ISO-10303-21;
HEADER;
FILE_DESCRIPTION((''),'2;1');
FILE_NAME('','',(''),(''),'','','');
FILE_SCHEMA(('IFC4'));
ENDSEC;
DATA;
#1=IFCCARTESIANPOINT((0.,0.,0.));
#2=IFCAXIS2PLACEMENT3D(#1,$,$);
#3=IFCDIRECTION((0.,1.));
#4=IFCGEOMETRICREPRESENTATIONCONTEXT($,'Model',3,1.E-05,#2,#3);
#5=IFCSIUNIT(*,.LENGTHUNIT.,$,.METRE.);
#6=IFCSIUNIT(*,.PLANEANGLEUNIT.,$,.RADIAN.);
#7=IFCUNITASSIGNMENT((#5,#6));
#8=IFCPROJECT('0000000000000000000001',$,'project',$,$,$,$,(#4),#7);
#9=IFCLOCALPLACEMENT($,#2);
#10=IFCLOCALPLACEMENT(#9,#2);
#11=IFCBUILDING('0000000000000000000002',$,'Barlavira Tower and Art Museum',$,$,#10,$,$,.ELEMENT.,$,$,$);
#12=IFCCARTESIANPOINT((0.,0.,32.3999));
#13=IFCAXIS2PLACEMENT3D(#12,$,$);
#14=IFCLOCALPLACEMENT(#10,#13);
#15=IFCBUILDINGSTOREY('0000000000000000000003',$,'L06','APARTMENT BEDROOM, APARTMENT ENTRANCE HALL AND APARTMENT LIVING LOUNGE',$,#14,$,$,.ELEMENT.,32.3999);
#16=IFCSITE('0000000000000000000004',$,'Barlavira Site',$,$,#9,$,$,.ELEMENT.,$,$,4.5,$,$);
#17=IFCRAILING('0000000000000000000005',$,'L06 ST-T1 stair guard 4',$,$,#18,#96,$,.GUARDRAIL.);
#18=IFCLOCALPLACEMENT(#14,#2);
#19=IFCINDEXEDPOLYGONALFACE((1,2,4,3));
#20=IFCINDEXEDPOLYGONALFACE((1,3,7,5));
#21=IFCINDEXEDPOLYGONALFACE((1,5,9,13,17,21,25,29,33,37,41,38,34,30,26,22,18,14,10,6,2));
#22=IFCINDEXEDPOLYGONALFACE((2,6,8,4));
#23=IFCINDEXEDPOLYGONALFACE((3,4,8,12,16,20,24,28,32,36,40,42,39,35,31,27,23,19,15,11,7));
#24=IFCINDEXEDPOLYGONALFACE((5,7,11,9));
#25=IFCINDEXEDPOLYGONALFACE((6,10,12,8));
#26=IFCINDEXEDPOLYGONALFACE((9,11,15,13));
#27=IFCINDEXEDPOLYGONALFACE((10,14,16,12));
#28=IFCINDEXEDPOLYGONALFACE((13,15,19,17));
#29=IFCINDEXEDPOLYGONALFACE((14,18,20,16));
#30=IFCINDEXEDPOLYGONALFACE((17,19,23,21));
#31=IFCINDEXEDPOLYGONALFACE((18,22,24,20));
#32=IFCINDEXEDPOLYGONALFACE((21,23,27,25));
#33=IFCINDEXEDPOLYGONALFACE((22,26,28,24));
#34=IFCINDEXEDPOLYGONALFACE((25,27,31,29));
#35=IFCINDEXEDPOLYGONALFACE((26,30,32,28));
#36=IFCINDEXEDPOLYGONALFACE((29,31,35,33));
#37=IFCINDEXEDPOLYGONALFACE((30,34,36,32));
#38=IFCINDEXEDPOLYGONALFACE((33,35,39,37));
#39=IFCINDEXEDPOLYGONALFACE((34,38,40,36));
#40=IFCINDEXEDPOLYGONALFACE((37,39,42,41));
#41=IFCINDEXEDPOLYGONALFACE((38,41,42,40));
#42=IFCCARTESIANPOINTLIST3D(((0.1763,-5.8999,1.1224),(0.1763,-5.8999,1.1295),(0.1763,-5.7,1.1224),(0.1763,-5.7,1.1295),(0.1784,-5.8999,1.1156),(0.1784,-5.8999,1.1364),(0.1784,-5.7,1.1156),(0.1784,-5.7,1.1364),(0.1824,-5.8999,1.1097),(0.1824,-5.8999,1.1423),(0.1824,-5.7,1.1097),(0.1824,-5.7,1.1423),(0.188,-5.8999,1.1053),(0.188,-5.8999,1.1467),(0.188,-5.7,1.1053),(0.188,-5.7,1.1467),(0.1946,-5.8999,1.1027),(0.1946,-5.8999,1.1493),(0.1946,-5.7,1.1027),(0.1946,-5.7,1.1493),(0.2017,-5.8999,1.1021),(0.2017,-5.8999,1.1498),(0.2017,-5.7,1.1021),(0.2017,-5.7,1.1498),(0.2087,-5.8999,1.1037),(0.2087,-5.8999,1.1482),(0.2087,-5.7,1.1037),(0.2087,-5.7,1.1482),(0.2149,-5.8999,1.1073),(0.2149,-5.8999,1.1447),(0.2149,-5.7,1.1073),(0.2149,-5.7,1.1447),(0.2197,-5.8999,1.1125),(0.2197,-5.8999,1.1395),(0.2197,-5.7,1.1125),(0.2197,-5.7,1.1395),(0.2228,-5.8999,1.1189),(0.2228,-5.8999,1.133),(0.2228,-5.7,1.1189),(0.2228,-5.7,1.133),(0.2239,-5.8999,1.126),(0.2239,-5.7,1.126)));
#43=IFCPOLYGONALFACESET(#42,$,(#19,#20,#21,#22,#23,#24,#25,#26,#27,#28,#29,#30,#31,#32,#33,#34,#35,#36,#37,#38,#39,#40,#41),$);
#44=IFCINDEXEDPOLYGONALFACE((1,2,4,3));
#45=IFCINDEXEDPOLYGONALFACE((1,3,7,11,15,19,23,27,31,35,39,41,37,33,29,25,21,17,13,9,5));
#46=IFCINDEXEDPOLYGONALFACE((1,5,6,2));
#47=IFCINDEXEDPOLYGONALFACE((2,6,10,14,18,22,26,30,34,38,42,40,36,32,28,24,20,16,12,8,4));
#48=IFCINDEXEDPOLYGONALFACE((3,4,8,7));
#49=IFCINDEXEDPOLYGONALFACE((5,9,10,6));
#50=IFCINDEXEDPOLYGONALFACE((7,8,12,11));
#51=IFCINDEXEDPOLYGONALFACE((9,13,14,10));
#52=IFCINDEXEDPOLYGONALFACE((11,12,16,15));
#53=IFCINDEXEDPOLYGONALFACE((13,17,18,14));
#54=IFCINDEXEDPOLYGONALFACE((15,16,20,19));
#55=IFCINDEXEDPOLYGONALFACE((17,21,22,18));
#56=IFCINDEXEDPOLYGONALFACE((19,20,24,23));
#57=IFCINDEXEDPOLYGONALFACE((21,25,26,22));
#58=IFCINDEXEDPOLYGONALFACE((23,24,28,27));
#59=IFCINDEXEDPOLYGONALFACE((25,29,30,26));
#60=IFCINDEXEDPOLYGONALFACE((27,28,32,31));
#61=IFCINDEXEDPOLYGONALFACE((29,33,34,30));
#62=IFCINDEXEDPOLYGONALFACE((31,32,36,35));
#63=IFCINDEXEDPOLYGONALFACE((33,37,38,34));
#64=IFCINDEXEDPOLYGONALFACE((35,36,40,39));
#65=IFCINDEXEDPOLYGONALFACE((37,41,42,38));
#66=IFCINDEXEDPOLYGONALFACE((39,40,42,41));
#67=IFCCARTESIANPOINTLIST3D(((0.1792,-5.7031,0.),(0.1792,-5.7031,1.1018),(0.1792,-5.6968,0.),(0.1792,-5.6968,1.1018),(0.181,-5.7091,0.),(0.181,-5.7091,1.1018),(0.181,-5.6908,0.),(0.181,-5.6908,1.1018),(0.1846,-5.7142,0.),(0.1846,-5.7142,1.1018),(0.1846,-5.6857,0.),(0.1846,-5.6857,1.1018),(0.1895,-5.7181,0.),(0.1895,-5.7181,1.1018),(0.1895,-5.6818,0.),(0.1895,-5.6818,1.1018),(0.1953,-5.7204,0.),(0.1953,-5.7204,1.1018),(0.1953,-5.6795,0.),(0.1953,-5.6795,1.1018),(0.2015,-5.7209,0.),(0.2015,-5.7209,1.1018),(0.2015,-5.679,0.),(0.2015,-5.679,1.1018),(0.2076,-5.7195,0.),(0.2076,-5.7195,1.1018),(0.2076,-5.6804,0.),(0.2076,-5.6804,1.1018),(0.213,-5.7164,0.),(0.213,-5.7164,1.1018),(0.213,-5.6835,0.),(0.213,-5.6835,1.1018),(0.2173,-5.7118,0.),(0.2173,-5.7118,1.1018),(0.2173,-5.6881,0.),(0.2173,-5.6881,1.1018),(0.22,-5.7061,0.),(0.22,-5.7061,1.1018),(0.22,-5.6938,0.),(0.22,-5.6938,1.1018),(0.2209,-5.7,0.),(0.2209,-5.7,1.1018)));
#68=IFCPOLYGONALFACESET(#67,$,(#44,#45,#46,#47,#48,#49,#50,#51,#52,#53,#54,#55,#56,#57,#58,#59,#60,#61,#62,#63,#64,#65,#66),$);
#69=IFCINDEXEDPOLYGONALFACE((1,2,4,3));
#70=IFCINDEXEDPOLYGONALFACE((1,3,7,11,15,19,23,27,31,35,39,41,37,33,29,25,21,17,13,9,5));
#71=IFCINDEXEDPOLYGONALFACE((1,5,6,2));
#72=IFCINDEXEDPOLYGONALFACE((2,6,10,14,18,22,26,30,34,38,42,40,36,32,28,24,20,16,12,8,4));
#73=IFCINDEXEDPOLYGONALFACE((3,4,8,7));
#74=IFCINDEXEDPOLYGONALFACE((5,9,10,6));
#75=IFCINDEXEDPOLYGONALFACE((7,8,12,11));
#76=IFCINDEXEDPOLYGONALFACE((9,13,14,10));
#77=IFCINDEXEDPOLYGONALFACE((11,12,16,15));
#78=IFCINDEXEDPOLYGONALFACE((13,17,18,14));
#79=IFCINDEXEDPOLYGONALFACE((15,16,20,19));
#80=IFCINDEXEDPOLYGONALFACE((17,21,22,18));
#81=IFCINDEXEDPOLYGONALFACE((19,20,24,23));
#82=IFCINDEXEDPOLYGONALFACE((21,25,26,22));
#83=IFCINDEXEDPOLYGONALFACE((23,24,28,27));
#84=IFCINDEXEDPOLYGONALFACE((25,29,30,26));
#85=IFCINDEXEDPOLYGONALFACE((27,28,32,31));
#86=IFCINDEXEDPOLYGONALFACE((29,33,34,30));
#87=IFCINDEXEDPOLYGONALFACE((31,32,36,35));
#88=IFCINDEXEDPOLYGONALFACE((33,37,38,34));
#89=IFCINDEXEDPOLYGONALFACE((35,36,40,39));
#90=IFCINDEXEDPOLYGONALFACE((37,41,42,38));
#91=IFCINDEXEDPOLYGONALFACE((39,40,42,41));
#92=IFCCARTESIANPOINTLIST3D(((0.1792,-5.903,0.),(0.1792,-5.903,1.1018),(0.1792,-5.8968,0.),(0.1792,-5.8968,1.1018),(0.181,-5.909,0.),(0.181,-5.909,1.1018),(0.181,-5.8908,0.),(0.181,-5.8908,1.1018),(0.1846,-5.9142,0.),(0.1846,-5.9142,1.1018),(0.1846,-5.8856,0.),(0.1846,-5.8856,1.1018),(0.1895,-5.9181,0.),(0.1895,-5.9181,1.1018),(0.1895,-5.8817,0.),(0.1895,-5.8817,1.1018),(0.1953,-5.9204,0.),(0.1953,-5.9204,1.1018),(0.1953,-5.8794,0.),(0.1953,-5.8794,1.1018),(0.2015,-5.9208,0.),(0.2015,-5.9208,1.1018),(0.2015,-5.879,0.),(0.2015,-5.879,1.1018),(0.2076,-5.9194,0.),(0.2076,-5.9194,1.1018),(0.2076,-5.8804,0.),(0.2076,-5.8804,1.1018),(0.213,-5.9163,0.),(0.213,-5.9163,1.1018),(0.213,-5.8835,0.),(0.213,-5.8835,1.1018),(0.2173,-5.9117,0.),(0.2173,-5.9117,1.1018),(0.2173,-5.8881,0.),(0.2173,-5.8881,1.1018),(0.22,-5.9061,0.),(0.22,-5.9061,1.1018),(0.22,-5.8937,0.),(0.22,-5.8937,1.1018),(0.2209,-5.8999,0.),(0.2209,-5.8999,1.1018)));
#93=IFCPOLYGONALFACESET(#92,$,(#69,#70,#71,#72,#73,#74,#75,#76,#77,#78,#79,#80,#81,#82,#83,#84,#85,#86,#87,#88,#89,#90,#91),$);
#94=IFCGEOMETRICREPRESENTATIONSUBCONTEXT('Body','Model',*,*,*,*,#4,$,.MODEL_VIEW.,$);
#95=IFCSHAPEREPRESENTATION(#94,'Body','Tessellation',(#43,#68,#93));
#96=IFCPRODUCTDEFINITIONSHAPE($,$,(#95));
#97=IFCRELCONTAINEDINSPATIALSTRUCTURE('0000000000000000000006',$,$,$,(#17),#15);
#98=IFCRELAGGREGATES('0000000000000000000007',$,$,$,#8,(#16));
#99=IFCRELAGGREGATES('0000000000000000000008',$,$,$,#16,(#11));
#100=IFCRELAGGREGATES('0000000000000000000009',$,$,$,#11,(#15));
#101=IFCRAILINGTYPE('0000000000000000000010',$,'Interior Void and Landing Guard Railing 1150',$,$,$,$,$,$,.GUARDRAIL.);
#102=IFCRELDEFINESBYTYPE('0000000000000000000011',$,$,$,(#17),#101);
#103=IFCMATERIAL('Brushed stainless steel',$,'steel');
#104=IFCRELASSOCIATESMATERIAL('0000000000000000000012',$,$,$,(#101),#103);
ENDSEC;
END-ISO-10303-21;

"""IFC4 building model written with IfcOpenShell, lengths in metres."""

from ifc_helpers import new_model, si_unit, direction, frame, origin, origin_2d, place, context, subcontext, project, spatial, circle, extrude, material, type_object, element, save


model = new_model("IFC4")

# Units and contexts
model_context = context("Model", 3, precision=1e-05, world=origin(), true_north=direction((0.0, 1.0)))
body_context = subcontext(model_context, "Body", "Model", "MODEL_VIEW")
ifc_project = project(units=[si_unit("LENGTHUNIT", "METRE"), si_unit("PLANEANGLEUNIT", "RADIAN")], contexts=[model_context])

# Site, building, storey
site_placement = place(None, origin())
site = spatial("IfcSite", under=ifc_project, at=site_placement, Name="Barlavira Site", CompositionType="ELEMENT", RefElevation=4.5)
building_placement = place(site_placement, origin())
building = spatial("IfcBuilding", under=site, at=building_placement, Name="Barlavira Tower and Art Museum", CompositionType="ELEMENT")
storey_placement = place(building_placement, frame((0.0, 0.0, 32.3999)))
storey = spatial("IfcBuildingStorey", under=building, at=storey_placement, Name="L06", Description="APARTMENT BEDROOM, APARTMENT ENTRANCE HALL AND APARTMENT LIVING LOUNGE", CompositionType="ELEMENT", Elevation=32.3999)

# Shared definitions
ifc_material_1 = material(Name="Brushed stainless steel", Category="steel")

# Railing
railing_type_1 = type_object("IfcRailingType", Name="Interior Void and Landing Guard Railing 1150", PredefinedType="GUARDRAIL", material=ifc_material_1)
railing_1_placement = place(storey_placement, frame((0.2, -5.7, 0.0)))
element("IfcRailing", 1, at=railing_1_placement, inside=storey, type_object=railing_type_1, Name="L06 ST-T1 stair guard 4", PredefinedType="GUARDRAIL", context=body_context, shape_type="SweptSolid", body=[
    extrude(circle(Radius=0.0239, at=origin_2d()), frame((0.0, 0.0, 1.126), z_axis=(0.0, -1.0, 0.0), x_axis=(1.0, 0.0, 0.0)), (0.0, 0.0, 1.0), 0.2),
    extrude(circle(Radius=0.021, at=origin_2d()), origin(), (0.0, 0.0, 1.0), 1.1018),
    extrude(circle(Radius=0.021, at=origin_2d()), frame((0.0, -0.2, 0.0)), (0.0, 0.0, 1.0), 1.1018),
])

save(model, "model.ifc")
